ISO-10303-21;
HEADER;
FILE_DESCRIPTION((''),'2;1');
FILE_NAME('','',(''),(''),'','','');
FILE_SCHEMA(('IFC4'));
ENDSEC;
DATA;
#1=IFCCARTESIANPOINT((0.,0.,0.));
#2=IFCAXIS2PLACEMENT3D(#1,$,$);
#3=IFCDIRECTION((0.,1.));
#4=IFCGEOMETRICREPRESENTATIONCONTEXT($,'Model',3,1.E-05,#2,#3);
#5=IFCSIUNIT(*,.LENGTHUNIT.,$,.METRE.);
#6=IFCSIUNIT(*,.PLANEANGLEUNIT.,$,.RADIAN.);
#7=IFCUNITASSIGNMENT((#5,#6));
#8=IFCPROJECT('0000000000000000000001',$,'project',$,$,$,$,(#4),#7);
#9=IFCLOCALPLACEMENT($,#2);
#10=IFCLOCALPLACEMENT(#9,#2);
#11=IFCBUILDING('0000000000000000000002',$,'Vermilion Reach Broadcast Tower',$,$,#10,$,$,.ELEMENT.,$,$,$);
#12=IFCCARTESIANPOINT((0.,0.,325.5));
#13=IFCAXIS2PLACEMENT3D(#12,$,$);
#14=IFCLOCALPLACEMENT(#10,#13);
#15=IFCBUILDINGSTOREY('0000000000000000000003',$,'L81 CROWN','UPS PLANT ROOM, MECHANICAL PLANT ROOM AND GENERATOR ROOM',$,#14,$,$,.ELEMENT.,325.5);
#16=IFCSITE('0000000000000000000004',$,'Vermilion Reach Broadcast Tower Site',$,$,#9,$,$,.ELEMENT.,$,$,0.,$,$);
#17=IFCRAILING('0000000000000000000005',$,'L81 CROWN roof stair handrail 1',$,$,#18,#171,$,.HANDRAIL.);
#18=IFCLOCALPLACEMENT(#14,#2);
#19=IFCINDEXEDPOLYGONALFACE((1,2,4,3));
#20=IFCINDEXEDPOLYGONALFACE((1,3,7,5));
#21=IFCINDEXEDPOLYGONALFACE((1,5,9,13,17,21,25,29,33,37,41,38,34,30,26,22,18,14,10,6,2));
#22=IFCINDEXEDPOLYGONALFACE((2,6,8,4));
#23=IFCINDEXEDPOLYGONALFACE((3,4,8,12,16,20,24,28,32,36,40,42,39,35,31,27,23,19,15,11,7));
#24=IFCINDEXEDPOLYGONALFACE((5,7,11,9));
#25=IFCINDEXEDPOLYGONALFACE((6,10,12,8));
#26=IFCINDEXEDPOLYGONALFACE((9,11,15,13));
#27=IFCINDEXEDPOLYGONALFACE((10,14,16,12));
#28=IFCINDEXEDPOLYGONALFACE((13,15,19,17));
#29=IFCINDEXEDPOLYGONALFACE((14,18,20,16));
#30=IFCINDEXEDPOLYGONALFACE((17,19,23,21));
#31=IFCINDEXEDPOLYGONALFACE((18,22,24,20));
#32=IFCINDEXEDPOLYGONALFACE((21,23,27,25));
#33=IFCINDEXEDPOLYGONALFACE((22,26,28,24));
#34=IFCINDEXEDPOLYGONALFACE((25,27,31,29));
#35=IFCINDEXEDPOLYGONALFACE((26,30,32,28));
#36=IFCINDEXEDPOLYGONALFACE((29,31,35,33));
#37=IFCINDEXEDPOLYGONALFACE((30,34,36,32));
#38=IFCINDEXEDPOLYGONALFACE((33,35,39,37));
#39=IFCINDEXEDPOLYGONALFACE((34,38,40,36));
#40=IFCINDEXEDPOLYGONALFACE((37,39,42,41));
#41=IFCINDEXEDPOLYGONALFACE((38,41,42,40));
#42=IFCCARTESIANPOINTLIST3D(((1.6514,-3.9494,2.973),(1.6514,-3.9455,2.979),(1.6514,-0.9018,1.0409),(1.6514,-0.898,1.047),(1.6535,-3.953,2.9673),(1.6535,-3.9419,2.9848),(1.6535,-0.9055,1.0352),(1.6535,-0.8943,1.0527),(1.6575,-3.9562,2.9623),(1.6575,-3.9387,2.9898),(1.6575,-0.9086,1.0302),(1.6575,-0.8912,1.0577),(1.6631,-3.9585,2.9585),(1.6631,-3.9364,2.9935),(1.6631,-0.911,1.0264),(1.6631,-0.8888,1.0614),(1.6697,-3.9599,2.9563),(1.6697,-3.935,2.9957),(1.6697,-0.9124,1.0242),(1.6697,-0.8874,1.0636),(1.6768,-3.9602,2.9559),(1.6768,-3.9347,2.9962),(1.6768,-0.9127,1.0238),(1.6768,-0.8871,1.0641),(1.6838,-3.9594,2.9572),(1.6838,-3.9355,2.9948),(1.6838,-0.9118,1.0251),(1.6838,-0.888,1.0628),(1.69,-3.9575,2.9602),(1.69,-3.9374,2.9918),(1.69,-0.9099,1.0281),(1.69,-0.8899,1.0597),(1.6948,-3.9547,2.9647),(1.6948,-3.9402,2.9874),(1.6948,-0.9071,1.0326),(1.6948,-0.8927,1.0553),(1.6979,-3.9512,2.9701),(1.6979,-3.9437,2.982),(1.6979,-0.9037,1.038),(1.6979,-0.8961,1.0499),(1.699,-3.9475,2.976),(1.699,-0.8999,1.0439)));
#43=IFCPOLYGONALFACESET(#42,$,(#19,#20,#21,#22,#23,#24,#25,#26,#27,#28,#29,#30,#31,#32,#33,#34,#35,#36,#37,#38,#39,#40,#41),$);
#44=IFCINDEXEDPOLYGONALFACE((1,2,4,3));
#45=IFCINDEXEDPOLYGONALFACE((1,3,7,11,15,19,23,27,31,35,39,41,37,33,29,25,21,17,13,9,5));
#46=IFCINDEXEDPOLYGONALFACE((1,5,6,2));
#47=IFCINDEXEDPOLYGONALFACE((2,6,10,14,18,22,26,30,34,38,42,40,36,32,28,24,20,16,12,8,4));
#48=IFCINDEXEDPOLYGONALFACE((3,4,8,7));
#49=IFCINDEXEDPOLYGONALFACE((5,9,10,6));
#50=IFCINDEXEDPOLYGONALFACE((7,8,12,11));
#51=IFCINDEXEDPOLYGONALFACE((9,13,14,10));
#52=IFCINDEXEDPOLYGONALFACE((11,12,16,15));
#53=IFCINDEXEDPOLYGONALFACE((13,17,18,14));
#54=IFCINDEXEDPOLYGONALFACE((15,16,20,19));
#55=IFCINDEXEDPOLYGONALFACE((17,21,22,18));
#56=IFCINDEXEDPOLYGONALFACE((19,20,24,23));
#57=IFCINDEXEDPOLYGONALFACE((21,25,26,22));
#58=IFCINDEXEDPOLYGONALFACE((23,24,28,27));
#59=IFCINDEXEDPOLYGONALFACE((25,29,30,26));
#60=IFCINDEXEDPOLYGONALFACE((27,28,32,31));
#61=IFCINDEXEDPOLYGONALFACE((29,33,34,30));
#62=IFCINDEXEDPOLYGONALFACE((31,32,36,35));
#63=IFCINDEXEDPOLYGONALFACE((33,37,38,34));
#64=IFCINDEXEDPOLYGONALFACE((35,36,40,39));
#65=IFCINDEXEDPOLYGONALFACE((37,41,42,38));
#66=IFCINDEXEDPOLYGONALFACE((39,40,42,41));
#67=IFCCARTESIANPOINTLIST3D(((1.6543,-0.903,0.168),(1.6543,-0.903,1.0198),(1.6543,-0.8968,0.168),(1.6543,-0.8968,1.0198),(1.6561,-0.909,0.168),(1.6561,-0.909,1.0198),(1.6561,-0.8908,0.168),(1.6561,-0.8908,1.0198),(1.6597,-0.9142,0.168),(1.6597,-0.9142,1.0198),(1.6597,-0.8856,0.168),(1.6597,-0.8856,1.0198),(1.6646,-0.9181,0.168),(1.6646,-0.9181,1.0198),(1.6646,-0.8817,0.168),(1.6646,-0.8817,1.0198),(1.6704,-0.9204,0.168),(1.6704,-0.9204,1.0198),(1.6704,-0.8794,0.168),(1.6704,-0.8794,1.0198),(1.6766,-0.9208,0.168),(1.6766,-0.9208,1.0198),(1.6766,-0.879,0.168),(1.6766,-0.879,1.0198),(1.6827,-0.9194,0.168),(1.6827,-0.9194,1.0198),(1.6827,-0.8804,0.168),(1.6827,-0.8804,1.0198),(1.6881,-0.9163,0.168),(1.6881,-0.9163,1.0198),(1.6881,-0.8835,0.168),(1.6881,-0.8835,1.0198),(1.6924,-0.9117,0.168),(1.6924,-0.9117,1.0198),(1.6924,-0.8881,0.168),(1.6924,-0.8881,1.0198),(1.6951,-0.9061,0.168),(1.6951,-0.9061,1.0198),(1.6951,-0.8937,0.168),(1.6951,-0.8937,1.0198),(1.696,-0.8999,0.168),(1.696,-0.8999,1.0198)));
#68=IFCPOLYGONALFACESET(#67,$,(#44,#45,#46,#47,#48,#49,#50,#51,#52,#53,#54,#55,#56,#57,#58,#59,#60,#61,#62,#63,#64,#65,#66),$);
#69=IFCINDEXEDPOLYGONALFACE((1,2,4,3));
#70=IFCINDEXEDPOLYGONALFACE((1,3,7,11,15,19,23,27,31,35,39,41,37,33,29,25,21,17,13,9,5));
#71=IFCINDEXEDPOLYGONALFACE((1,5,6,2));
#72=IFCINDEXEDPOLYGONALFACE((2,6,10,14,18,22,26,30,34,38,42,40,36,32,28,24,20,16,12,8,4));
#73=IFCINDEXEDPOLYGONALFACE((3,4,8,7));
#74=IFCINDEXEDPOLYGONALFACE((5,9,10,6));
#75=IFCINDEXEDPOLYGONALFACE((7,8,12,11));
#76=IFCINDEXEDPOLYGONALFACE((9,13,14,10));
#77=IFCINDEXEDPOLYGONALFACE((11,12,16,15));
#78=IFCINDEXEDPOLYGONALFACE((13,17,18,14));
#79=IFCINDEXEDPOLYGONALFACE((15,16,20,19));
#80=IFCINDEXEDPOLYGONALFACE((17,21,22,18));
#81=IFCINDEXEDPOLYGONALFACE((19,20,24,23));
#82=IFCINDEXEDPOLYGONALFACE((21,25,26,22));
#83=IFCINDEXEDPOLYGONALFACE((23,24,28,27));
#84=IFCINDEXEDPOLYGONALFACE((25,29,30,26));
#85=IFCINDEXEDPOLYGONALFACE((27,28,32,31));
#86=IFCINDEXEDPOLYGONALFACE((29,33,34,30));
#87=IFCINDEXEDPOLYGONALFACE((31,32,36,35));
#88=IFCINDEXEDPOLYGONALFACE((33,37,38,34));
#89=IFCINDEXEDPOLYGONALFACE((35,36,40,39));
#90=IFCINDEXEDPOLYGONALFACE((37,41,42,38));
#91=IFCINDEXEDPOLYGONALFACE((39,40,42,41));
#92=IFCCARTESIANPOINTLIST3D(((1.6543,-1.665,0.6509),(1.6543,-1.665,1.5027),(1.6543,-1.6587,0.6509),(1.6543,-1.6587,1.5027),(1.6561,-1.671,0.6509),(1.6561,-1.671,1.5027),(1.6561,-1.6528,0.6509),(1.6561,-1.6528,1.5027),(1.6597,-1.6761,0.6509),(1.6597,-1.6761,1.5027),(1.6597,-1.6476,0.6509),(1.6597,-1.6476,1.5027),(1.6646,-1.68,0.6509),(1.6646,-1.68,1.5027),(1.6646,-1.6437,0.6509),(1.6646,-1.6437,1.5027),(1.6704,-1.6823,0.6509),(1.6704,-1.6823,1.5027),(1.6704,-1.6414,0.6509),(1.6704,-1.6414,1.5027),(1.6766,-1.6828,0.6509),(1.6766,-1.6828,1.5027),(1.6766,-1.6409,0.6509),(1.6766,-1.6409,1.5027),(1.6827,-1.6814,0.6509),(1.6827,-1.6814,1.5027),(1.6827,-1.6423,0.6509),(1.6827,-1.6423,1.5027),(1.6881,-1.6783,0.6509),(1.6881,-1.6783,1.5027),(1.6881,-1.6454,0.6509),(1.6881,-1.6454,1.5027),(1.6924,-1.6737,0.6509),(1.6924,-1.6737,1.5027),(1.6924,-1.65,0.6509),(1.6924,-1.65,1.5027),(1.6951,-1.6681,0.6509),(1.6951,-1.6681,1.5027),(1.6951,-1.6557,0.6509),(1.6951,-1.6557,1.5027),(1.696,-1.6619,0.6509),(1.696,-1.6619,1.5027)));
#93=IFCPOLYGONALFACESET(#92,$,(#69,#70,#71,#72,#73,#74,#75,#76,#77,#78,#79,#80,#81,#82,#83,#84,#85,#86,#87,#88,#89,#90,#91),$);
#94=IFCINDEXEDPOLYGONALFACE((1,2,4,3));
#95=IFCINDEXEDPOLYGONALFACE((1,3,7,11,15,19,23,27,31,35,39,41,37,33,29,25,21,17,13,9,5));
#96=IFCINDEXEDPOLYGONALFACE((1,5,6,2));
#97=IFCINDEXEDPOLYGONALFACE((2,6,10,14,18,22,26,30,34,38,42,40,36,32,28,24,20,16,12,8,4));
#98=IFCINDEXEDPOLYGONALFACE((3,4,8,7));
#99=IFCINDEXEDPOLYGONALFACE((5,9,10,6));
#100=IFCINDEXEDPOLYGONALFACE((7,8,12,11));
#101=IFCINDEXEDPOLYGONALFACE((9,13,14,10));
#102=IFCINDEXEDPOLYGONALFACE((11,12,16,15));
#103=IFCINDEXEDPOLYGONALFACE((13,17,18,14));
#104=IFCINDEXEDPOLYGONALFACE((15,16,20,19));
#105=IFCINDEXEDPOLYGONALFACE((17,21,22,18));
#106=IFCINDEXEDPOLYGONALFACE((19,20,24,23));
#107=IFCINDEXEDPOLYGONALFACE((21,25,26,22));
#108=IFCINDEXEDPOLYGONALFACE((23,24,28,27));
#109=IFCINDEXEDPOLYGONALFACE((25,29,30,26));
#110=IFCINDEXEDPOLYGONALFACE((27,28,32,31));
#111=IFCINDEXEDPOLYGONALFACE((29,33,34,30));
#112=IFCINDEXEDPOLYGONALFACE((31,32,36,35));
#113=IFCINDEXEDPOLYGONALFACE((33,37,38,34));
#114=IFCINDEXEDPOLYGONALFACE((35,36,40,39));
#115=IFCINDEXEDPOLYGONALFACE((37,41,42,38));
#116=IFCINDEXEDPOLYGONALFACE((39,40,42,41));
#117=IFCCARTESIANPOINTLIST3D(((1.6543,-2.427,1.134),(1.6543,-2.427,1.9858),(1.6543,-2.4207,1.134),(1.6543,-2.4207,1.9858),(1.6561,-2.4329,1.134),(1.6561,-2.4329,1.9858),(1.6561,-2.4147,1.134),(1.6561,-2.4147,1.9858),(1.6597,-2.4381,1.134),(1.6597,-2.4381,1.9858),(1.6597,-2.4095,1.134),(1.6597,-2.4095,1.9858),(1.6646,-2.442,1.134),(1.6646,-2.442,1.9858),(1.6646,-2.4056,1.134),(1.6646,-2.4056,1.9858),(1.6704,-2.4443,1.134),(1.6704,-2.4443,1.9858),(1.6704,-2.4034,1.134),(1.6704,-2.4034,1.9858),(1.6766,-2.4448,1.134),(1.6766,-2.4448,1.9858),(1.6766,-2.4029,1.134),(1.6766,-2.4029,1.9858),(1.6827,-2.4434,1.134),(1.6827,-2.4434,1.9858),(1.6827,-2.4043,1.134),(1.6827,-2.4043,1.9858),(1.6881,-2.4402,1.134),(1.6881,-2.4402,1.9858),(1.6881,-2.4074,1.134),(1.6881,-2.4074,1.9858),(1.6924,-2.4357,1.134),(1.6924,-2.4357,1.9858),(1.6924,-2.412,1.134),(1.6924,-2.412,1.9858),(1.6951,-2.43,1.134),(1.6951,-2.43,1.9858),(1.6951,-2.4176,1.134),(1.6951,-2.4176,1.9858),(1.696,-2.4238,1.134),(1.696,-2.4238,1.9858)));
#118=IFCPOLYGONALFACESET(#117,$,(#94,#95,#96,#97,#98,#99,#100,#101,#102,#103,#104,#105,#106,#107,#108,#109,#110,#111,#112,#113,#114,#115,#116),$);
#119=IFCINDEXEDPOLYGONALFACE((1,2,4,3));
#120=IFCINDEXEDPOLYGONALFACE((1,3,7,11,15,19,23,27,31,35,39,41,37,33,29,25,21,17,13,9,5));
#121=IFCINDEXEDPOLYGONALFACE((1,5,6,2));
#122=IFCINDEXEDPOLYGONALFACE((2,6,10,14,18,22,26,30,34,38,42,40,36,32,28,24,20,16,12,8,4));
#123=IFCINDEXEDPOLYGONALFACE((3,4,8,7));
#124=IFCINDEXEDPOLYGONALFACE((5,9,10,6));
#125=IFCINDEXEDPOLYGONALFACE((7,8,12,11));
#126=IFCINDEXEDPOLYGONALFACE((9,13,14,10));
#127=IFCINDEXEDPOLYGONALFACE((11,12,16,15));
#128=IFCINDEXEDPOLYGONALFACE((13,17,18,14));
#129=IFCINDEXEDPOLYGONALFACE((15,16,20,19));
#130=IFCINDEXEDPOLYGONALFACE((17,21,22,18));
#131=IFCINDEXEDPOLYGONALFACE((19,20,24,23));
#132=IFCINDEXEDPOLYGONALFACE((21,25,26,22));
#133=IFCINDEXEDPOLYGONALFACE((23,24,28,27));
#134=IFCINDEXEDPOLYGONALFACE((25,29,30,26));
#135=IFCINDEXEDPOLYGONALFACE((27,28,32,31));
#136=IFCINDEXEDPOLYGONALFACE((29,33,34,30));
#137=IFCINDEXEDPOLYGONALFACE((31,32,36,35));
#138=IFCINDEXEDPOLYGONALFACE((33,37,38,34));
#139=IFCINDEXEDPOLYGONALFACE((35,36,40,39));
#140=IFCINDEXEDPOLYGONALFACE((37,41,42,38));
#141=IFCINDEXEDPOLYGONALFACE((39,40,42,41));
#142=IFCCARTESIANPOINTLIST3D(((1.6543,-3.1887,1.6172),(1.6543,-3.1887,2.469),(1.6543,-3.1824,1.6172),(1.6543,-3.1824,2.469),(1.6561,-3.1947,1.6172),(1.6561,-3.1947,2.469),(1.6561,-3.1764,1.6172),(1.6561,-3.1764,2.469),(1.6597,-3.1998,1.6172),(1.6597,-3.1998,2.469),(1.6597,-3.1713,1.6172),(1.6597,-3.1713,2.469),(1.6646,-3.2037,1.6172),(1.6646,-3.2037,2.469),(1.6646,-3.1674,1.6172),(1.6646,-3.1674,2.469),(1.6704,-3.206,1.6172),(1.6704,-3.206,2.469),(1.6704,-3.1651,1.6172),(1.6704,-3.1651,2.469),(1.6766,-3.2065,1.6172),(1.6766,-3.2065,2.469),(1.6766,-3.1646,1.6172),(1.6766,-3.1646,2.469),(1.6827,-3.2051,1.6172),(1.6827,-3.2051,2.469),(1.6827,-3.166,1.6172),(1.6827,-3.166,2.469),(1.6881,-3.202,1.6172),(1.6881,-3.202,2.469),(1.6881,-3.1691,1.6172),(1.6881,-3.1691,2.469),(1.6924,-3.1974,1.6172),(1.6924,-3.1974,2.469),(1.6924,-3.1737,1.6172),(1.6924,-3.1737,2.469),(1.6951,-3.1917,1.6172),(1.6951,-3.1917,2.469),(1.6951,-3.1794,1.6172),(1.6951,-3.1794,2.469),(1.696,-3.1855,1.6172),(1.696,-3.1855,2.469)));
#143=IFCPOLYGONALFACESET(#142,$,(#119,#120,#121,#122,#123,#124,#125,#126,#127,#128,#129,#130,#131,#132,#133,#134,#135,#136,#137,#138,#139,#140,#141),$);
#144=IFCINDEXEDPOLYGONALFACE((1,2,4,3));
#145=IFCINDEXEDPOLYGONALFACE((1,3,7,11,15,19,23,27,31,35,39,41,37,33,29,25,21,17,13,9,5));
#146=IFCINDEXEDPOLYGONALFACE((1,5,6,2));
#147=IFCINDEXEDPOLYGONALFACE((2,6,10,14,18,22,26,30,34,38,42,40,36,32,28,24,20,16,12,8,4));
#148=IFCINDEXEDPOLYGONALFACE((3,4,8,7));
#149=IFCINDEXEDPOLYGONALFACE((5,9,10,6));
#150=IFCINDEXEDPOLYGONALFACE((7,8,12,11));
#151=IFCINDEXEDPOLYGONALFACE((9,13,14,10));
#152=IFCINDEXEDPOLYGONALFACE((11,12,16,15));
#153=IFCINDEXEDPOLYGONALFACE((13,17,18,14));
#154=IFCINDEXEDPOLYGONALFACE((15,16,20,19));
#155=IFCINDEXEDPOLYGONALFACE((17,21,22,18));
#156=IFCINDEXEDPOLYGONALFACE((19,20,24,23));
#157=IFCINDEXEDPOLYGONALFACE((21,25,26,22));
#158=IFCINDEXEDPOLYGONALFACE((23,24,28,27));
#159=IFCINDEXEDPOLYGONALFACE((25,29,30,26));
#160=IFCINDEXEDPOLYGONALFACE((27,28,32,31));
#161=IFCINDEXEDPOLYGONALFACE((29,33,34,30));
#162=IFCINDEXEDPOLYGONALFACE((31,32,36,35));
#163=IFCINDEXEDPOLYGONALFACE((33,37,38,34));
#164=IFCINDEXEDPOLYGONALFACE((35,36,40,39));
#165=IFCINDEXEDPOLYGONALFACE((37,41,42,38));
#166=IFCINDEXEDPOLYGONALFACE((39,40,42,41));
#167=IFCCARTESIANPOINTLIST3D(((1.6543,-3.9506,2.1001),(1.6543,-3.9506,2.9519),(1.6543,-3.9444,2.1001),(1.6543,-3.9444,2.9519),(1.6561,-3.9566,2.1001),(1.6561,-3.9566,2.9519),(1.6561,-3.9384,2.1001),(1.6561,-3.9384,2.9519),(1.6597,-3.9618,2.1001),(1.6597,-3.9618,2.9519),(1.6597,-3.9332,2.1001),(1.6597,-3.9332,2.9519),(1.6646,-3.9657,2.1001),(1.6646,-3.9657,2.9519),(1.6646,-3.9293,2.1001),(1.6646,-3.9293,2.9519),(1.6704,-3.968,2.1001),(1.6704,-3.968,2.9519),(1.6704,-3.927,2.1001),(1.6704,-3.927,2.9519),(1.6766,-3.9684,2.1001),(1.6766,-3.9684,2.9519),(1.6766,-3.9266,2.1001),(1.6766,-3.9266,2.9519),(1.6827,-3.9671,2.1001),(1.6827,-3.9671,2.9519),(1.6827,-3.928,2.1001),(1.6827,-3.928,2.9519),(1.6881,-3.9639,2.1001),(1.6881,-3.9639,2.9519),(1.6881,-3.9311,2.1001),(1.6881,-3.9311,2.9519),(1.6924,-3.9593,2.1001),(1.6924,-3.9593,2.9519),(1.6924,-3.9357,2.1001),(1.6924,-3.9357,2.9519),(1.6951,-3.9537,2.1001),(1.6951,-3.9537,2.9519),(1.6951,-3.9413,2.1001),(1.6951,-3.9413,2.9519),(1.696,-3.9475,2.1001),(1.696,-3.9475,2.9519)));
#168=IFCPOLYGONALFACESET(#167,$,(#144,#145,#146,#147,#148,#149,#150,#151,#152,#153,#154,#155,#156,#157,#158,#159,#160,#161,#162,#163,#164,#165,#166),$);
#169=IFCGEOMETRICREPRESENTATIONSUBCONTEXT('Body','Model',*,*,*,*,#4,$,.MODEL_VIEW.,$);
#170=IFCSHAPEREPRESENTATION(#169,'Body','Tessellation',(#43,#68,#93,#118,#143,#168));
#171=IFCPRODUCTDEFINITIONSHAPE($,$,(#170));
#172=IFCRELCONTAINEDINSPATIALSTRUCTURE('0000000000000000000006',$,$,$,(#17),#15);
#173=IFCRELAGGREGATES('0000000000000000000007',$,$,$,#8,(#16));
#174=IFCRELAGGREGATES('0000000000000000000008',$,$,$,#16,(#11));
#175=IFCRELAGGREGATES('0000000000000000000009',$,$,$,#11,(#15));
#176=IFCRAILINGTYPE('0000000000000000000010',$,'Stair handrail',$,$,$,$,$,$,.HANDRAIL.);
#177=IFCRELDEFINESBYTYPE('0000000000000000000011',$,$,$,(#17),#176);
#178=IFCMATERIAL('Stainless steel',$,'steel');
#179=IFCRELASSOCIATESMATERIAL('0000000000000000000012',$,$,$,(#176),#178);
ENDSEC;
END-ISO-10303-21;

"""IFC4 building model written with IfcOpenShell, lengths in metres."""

from ifc_helpers import new_model, si_unit, direction, frame, origin, origin_2d, place, context, subcontext, project, spatial, circle, extrude, material, type_object, element, save


model = new_model("IFC4")

# Units and contexts
model_context = context("Model", 3, precision=1e-05, world=origin(), true_north=direction((0.0, 1.0)))
body_context = subcontext(model_context, "Body", "Model", "MODEL_VIEW")
ifc_project = project(units=[si_unit("LENGTHUNIT", "METRE"), si_unit("PLANEANGLEUNIT", "RADIAN")], contexts=[model_context])

# Site, building, storey
site_placement = place(None, origin())
site = spatial("IfcSite", under=ifc_project, at=site_placement, Name="Vermilion Reach Broadcast Tower Site", CompositionType="ELEMENT", RefElevation=0.0)
building_placement = place(site_placement, origin())
building = spatial("IfcBuilding", under=site, at=building_placement, Name="Vermilion Reach Broadcast Tower", CompositionType="ELEMENT")
storey_placement = place(building_placement, frame((0.0, 0.0, 325.5)))
storey = spatial("IfcBuildingStorey", under=building, at=storey_placement, Name="L81 CROWN", Description="UPS PLANT ROOM, MECHANICAL PLANT ROOM AND GENERATOR ROOM", CompositionType="ELEMENT", Elevation=325.5)

# Railing
ifc_material_1 = material(Name="Stainless steel", Category="steel")
railing_type_1 = type_object("IfcRailingType", Name="Stair handrail", PredefinedType="HANDRAIL", material=ifc_material_1)
for number, where, name in (
    (1, (1.675, -0.8999, 0.168), "L81 CROWN roof stair handrail 1"),
):
    element("IfcRailing", number, at=place(storey_placement, frame(where)), inside=storey, type_object=railing_type_1, Name=name, PredefinedType="HANDRAIL", context=body_context, shape_type="SweptSolid", body=[
        extrude(circle(Radius=0.0239, at=origin_2d()), frame((0.0, 0.0, 0.876), z_axis=(0.0, -0.844571, 0.535443), x_axis=(1.0, 0.0, 0.0)), (0.0, 0.0, 1.0), 3.6084),
        extrude(circle(Radius=0.021, at=origin_2d()), origin(), (0.0, 0.0, 1.0), 0.8518),
        extrude(circle(Radius=0.021, at=origin_2d()), frame((0.0, -0.762, 0.4829)), (0.0, 0.0, 1.0), 0.8518),
        extrude(circle(Radius=0.021, at=origin_2d()), frame((0.0, -1.5239, 0.9661)), (0.0, 0.0, 1.0), 0.8518),
        extrude(circle(Radius=0.021, at=origin_2d()), frame((0.0, -2.2856, 1.4492)), (0.0, 0.0, 1.0), 0.8518),
        extrude(circle(Radius=0.021, at=origin_2d()), frame((0.0, -3.0476, 1.9321)), (0.0, 0.0, 1.0), 0.8518),
    ])

save(model, "model.ifc")
